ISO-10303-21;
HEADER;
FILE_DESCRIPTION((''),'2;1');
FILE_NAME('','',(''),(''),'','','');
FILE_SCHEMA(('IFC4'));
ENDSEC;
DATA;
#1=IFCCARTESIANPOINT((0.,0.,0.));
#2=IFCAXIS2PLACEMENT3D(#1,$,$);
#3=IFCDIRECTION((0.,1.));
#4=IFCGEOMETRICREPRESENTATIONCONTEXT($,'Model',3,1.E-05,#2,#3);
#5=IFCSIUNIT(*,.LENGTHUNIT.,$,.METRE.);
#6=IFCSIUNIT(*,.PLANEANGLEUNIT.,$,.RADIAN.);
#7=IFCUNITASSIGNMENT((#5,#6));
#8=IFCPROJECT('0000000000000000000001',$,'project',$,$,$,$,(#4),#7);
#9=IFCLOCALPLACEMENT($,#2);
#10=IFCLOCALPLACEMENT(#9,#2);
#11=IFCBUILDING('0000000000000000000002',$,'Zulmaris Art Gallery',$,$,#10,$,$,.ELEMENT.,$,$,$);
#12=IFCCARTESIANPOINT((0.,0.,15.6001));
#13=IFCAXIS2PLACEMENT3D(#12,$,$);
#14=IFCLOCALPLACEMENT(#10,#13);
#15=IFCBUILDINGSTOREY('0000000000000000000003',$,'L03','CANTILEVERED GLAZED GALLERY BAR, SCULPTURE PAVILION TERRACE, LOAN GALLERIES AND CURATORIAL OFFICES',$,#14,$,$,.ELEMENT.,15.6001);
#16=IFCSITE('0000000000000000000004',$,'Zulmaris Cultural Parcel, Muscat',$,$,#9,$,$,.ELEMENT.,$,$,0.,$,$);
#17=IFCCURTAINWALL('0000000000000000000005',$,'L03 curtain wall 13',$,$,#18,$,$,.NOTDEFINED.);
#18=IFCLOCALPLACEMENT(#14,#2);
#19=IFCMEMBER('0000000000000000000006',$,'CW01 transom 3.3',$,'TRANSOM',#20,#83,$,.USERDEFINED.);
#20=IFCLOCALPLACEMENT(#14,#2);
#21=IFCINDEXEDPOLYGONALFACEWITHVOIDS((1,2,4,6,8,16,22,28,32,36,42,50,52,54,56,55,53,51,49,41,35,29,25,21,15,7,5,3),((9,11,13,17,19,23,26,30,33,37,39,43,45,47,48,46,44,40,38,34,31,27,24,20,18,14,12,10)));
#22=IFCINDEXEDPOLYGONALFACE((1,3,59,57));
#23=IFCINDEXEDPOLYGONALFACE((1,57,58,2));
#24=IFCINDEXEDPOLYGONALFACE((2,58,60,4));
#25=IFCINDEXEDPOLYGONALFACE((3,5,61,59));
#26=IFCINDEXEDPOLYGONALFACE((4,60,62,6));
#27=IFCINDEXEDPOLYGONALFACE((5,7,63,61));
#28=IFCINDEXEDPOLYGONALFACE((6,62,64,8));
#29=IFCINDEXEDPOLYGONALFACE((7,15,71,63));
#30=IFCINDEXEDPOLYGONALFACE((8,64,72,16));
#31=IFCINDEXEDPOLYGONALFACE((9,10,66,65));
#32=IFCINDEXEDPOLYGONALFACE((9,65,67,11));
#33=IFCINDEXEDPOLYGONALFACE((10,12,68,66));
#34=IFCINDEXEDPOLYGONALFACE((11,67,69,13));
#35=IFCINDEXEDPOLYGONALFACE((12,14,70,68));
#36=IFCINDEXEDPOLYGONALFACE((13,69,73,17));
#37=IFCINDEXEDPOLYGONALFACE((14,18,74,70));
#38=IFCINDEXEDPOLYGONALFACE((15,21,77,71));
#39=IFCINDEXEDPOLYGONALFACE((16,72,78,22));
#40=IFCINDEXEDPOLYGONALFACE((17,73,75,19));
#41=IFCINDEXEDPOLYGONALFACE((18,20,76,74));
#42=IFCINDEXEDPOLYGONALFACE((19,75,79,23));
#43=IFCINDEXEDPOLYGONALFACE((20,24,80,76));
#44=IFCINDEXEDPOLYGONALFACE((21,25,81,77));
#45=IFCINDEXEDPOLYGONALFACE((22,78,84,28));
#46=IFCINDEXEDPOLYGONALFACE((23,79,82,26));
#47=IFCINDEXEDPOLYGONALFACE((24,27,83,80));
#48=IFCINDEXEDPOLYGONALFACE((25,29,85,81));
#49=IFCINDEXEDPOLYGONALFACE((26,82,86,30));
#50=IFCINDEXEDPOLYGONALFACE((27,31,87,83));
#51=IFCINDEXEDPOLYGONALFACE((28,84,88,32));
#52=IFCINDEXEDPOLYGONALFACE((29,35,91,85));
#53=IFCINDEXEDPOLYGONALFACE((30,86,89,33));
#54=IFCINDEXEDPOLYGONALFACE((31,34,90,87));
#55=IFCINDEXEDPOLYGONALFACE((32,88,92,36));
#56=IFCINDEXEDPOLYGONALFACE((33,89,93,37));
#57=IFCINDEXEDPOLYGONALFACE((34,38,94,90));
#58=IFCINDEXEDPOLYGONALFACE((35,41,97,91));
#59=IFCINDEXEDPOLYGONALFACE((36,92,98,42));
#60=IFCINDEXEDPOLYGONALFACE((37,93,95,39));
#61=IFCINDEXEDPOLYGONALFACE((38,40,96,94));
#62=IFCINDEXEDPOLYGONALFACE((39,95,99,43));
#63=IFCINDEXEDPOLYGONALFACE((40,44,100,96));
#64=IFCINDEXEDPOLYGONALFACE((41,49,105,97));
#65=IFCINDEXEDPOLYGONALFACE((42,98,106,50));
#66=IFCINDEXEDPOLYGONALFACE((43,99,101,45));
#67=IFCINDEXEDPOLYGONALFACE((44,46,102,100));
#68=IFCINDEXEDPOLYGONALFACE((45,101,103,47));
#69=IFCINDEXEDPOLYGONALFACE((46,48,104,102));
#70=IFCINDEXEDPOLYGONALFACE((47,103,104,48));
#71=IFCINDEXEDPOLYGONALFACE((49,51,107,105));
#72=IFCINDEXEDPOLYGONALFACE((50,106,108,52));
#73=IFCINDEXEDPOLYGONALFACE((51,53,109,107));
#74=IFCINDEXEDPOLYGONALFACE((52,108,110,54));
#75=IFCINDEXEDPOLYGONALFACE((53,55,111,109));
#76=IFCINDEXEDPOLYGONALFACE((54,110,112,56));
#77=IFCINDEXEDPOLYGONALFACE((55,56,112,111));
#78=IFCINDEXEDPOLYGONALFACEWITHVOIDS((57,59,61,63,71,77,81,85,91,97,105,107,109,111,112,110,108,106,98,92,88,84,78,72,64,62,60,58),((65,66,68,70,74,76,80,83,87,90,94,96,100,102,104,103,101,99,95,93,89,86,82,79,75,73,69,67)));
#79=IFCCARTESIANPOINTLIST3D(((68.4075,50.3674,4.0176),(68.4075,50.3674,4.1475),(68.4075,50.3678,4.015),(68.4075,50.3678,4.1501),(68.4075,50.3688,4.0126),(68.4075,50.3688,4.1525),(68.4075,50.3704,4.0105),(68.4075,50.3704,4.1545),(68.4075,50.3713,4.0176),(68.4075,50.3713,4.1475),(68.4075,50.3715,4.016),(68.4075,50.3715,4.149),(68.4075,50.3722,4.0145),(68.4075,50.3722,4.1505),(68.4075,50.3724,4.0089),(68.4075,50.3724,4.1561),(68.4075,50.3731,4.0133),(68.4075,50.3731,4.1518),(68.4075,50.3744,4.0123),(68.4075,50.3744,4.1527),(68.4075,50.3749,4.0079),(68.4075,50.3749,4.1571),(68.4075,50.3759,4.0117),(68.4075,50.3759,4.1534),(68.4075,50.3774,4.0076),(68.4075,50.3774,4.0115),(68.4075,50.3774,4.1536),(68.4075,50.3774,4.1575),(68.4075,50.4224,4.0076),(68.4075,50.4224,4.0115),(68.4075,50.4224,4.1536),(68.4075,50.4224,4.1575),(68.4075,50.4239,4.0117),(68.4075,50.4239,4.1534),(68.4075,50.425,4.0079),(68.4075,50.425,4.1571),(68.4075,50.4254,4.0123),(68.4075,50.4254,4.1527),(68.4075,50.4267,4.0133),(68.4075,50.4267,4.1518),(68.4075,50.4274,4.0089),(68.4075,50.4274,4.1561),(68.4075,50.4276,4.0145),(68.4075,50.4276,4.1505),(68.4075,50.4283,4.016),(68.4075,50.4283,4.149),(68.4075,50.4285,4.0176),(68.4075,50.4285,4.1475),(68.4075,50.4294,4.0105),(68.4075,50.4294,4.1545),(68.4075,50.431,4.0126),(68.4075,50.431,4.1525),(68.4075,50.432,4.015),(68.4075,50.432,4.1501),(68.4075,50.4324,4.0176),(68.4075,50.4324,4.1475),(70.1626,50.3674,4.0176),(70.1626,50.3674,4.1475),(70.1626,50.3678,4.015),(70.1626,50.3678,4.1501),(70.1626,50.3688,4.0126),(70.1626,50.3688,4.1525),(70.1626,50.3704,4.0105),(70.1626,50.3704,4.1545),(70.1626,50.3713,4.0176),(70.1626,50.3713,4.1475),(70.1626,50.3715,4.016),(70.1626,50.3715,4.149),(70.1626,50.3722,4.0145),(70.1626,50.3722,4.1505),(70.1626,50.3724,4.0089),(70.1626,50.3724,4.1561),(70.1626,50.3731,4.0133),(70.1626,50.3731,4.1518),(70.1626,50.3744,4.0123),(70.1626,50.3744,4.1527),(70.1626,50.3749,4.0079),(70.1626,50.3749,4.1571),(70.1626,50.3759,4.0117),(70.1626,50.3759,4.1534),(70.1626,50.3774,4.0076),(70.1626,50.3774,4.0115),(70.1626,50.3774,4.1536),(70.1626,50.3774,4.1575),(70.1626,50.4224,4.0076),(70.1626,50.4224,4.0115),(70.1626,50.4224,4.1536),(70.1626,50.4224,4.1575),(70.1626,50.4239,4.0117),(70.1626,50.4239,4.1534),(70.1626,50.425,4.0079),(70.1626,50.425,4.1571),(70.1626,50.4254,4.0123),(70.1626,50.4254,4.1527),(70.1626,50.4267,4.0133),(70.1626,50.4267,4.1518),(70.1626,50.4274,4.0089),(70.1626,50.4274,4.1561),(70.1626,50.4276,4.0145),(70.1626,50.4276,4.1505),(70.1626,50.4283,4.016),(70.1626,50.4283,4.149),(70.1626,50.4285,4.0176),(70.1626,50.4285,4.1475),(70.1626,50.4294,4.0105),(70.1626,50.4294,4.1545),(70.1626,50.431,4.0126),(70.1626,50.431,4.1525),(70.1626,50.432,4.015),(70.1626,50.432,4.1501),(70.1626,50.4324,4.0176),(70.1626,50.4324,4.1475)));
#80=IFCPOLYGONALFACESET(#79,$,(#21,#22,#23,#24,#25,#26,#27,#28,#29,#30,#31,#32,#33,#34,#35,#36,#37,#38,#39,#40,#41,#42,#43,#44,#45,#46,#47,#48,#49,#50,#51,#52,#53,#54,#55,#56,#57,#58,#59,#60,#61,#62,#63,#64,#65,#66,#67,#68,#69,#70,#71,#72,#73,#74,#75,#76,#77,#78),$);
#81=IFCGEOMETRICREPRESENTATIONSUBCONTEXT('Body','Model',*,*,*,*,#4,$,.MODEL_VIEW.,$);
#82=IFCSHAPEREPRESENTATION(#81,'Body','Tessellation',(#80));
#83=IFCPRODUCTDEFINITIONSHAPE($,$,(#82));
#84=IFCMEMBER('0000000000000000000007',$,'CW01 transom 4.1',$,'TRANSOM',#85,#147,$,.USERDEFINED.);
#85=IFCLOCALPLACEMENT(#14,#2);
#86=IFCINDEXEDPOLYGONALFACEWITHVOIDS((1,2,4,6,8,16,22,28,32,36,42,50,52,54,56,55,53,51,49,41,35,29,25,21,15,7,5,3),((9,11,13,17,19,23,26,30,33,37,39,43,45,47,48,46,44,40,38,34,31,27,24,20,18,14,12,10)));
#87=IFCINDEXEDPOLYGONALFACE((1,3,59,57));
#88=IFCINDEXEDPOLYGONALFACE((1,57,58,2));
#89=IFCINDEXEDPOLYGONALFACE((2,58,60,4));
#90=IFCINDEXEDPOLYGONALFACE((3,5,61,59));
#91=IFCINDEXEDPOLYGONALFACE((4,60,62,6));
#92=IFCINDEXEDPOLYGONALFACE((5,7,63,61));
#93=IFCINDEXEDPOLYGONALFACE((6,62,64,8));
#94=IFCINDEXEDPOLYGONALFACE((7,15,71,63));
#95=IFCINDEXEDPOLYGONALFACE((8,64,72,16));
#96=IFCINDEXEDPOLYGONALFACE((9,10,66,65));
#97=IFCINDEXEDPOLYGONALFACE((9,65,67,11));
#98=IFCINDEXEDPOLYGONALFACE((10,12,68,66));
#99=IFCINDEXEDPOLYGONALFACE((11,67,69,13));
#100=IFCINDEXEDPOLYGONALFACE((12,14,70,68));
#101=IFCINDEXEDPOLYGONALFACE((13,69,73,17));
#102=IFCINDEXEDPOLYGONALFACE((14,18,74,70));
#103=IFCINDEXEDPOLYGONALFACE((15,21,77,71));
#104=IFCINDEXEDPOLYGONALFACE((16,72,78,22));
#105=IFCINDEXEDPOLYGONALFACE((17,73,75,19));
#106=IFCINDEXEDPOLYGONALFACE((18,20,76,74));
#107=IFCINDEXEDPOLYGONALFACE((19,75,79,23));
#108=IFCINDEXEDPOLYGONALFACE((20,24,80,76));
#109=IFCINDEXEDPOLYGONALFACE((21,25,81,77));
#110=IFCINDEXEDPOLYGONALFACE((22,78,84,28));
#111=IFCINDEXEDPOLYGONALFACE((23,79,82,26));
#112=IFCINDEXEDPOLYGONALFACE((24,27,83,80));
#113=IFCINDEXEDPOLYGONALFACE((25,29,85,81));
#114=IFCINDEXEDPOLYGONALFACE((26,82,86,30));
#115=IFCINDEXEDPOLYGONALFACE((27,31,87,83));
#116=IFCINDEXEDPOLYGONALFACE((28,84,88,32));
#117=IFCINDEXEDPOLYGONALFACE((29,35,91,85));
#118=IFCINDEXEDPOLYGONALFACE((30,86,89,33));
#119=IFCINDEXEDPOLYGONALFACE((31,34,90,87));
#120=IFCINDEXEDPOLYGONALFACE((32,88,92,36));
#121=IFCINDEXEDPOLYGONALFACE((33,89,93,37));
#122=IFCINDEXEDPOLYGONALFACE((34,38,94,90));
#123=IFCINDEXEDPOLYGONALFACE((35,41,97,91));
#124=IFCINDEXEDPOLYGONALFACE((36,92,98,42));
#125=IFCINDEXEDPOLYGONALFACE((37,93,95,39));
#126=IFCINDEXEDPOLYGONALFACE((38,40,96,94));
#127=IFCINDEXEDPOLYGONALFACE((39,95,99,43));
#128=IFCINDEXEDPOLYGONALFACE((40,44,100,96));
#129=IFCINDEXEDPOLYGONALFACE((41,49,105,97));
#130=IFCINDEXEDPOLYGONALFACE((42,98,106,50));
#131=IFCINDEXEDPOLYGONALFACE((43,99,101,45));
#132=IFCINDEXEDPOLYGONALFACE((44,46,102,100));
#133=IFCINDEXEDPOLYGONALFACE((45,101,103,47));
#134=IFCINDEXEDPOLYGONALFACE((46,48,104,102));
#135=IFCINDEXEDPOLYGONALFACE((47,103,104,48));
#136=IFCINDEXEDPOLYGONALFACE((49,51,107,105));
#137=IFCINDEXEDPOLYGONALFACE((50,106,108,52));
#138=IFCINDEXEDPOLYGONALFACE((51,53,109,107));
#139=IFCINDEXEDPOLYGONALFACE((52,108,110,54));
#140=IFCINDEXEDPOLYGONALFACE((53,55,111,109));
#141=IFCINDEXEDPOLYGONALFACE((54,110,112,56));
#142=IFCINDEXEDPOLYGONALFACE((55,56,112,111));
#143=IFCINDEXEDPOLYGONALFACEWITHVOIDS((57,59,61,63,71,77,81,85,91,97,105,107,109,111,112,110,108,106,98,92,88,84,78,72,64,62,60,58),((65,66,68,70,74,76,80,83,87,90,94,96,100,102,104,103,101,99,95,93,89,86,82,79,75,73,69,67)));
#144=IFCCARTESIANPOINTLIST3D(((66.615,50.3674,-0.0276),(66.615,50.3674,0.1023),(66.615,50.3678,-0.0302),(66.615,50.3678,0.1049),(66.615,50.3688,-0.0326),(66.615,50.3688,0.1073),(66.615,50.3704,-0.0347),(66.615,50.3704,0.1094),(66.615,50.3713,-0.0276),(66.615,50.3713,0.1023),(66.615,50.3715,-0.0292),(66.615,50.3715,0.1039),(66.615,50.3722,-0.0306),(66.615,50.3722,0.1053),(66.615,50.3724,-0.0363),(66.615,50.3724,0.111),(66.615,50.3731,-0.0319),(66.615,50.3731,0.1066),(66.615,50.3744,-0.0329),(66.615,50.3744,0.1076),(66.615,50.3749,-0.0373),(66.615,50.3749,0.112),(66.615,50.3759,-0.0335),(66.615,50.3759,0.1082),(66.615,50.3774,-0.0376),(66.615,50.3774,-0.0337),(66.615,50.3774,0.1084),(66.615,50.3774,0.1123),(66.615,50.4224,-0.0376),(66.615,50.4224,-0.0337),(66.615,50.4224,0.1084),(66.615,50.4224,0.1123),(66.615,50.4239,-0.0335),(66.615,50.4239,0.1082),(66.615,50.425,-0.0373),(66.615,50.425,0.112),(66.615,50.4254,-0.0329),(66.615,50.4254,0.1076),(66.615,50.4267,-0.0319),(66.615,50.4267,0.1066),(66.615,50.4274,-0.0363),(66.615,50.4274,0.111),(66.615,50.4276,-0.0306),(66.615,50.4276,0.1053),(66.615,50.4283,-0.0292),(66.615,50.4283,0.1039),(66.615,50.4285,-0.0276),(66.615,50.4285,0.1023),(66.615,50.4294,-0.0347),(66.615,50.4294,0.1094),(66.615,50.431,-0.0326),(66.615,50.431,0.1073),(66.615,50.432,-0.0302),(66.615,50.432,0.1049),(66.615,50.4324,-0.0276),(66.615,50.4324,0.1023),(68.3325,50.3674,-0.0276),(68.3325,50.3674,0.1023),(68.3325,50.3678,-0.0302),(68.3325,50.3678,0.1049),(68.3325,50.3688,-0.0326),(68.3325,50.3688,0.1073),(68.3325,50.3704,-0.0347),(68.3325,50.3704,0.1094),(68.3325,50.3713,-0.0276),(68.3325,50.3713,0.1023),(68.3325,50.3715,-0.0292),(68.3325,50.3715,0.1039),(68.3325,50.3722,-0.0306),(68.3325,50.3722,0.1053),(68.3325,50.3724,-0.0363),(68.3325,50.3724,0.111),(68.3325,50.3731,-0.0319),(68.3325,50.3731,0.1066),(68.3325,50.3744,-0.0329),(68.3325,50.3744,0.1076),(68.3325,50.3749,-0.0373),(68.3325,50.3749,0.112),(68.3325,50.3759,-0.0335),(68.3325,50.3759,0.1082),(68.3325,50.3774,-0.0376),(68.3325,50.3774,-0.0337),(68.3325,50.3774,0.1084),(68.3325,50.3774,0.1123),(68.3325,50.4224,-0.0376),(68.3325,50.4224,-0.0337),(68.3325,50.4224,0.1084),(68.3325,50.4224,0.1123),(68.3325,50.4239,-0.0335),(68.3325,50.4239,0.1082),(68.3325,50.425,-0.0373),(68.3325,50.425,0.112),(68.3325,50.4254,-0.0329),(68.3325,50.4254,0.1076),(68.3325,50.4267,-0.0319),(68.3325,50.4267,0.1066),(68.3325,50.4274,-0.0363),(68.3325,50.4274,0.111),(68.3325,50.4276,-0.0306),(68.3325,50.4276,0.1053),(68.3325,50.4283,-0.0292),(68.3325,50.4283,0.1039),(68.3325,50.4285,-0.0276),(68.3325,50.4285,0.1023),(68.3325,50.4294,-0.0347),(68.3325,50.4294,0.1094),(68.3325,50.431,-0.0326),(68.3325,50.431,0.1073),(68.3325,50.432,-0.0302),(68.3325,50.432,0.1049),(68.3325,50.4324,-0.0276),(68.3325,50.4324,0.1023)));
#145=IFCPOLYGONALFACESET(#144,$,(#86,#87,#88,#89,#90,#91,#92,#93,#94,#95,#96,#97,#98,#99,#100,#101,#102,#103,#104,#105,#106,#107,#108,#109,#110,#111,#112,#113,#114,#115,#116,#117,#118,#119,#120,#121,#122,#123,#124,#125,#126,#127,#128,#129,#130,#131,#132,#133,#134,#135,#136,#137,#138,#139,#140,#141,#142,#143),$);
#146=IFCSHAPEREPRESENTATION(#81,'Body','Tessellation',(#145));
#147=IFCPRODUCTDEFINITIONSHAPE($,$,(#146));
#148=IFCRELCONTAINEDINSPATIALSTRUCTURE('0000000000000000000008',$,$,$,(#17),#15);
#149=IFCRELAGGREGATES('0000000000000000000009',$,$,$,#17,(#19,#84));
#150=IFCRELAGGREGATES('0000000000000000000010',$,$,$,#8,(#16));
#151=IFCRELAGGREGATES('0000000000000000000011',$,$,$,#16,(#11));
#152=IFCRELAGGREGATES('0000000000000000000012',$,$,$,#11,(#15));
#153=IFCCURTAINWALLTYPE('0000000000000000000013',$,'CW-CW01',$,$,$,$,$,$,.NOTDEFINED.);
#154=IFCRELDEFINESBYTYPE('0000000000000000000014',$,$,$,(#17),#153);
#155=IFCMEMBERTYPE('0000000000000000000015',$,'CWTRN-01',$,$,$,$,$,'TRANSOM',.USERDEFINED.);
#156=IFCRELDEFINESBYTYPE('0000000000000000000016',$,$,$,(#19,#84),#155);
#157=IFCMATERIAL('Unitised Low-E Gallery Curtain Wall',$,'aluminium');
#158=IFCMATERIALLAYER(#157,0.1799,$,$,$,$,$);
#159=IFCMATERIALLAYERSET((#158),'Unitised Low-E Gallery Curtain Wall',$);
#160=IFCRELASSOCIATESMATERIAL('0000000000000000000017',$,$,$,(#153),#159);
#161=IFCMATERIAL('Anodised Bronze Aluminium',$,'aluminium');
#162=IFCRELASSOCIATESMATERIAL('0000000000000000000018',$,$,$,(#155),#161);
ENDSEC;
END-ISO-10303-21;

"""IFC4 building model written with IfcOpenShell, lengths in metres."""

from ifc_helpers import new_model, si_unit, direction, frame, origin, origin_2d, place, context, subcontext, project, spatial, hollow_rectangle, extrude, material, layer, layer_set, material_profile, profile_set, type_object, element, aggregate, save


model = new_model("IFC4")

# Units and contexts
model_context = context("Model", 3, precision=1e-05, world=origin(), true_north=direction((0.0, 1.0)))
body_context = subcontext(model_context, "Body", "Model", "MODEL_VIEW")
ifc_project = project(units=[si_unit("LENGTHUNIT", "METRE"), si_unit("PLANEANGLEUNIT", "RADIAN")], contexts=[model_context])

# Site, building, storey
site_placement = place(None, origin())
site = spatial("IfcSite", under=ifc_project, at=site_placement, Name="Zulmaris Cultural Parcel, Muscat", CompositionType="ELEMENT", RefElevation=0.0)
building_placement = place(site_placement, origin())
building = spatial("IfcBuilding", under=site, at=building_placement, Name="Zulmaris Art Gallery", CompositionType="ELEMENT")
storey_placement = place(building_placement, frame((0.0, 0.0, 15.6001)))
storey = spatial("IfcBuildingStorey", under=building, at=storey_placement, Name="L03", Description="CANTILEVERED GLAZED GALLERY BAR, SCULPTURE PAVILION TERRACE, LOAN GALLERIES AND CURATORIAL OFFICES", CompositionType="ELEMENT", Elevation=15.6001)

# Curtain wall
ifc_material_1 = material(Name="Unitised Low-E Gallery Curtain Wall", Category="aluminium")
ifc_layer_1 = layer(ifc_material_1, 0.1799)
ifc_layer_set_1 = layer_set([ifc_layer_1], Name="Unitised Low-E Gallery Curtain Wall")
curtain_wall_type = type_object("IfcCurtainWallType", Name="CW-CW01", PredefinedType="NOTDEFINED", material=ifc_layer_set_1)
ifc_material_2 = material(Name="Anodised Bronze Aluminium", Category="aluminium")
curtain_wall_1_placement = place(storey_placement, origin())
curtain_wall_1 = element("IfcCurtainWall", 1, at=curtain_wall_1_placement, inside=storey, type_object=curtain_wall_type, Name="L03 curtain wall 13", PredefinedType="NOTDEFINED")

# Members
ifc_material_profile_1 = material_profile(ifc_material_2, hollow_rectangle(XDim=0.0649, YDim=0.1499, WallThickness=0.0039, InnerFilletRadius=0.0061, OuterFilletRadius=0.01, at=origin_2d()), Name="ALU 65x150x4")
ifc_profile_set_1 = profile_set([ifc_material_profile_1], Name="Anodised Bronze Aluminium")
member_type_1 = type_object("IfcMemberType", Name="CWTRN-01", ElementType="TRANSOM", PredefinedType="USERDEFINED", material=ifc_profile_set_1)
member_1_placement = place(storey_placement, frame((70.1626, 50.3999, 4.0825), z_axis=(-1.0, 0.0, 0.0), x_axis=(0.0, -1.0, 0.0)))
member_1 = element("IfcMember", 2, at=member_1_placement, type_object=member_type_1, Name="CW01 transom 3.3", ObjectType="TRANSOM", PredefinedType="USERDEFINED", context=body_context, shape_type="SweptSolid", body=[
    extrude(hollow_rectangle(XDim=0.0649, YDim=0.1499, WallThickness=0.0039, InnerFilletRadius=0.0061, OuterFilletRadius=0.01, at=origin_2d()), origin(), (0.0, 0.0, 1.0), 1.7551),
])
member_2_placement = place(storey_placement, frame((68.3325, 50.3999, 0.0374), z_axis=(-1.0, 0.0, 0.0), x_axis=(0.0, -1.0, 0.0)))
member_2 = element("IfcMember", 3, at=member_2_placement, type_object=member_type_1, Name="CW01 transom 4.1", ObjectType="TRANSOM", PredefinedType="USERDEFINED", context=body_context, shape_type="SweptSolid", body=[
    extrude(hollow_rectangle(XDim=0.0649, YDim=0.1499, WallThickness=0.0039, InnerFilletRadius=0.0061, OuterFilletRadius=0.01, at=origin_2d()), origin(), (0.0, 0.0, 1.0), 1.7175),
])

aggregate(curtain_wall_1, [member_1, member_2])

save(model, "model.ifc")
